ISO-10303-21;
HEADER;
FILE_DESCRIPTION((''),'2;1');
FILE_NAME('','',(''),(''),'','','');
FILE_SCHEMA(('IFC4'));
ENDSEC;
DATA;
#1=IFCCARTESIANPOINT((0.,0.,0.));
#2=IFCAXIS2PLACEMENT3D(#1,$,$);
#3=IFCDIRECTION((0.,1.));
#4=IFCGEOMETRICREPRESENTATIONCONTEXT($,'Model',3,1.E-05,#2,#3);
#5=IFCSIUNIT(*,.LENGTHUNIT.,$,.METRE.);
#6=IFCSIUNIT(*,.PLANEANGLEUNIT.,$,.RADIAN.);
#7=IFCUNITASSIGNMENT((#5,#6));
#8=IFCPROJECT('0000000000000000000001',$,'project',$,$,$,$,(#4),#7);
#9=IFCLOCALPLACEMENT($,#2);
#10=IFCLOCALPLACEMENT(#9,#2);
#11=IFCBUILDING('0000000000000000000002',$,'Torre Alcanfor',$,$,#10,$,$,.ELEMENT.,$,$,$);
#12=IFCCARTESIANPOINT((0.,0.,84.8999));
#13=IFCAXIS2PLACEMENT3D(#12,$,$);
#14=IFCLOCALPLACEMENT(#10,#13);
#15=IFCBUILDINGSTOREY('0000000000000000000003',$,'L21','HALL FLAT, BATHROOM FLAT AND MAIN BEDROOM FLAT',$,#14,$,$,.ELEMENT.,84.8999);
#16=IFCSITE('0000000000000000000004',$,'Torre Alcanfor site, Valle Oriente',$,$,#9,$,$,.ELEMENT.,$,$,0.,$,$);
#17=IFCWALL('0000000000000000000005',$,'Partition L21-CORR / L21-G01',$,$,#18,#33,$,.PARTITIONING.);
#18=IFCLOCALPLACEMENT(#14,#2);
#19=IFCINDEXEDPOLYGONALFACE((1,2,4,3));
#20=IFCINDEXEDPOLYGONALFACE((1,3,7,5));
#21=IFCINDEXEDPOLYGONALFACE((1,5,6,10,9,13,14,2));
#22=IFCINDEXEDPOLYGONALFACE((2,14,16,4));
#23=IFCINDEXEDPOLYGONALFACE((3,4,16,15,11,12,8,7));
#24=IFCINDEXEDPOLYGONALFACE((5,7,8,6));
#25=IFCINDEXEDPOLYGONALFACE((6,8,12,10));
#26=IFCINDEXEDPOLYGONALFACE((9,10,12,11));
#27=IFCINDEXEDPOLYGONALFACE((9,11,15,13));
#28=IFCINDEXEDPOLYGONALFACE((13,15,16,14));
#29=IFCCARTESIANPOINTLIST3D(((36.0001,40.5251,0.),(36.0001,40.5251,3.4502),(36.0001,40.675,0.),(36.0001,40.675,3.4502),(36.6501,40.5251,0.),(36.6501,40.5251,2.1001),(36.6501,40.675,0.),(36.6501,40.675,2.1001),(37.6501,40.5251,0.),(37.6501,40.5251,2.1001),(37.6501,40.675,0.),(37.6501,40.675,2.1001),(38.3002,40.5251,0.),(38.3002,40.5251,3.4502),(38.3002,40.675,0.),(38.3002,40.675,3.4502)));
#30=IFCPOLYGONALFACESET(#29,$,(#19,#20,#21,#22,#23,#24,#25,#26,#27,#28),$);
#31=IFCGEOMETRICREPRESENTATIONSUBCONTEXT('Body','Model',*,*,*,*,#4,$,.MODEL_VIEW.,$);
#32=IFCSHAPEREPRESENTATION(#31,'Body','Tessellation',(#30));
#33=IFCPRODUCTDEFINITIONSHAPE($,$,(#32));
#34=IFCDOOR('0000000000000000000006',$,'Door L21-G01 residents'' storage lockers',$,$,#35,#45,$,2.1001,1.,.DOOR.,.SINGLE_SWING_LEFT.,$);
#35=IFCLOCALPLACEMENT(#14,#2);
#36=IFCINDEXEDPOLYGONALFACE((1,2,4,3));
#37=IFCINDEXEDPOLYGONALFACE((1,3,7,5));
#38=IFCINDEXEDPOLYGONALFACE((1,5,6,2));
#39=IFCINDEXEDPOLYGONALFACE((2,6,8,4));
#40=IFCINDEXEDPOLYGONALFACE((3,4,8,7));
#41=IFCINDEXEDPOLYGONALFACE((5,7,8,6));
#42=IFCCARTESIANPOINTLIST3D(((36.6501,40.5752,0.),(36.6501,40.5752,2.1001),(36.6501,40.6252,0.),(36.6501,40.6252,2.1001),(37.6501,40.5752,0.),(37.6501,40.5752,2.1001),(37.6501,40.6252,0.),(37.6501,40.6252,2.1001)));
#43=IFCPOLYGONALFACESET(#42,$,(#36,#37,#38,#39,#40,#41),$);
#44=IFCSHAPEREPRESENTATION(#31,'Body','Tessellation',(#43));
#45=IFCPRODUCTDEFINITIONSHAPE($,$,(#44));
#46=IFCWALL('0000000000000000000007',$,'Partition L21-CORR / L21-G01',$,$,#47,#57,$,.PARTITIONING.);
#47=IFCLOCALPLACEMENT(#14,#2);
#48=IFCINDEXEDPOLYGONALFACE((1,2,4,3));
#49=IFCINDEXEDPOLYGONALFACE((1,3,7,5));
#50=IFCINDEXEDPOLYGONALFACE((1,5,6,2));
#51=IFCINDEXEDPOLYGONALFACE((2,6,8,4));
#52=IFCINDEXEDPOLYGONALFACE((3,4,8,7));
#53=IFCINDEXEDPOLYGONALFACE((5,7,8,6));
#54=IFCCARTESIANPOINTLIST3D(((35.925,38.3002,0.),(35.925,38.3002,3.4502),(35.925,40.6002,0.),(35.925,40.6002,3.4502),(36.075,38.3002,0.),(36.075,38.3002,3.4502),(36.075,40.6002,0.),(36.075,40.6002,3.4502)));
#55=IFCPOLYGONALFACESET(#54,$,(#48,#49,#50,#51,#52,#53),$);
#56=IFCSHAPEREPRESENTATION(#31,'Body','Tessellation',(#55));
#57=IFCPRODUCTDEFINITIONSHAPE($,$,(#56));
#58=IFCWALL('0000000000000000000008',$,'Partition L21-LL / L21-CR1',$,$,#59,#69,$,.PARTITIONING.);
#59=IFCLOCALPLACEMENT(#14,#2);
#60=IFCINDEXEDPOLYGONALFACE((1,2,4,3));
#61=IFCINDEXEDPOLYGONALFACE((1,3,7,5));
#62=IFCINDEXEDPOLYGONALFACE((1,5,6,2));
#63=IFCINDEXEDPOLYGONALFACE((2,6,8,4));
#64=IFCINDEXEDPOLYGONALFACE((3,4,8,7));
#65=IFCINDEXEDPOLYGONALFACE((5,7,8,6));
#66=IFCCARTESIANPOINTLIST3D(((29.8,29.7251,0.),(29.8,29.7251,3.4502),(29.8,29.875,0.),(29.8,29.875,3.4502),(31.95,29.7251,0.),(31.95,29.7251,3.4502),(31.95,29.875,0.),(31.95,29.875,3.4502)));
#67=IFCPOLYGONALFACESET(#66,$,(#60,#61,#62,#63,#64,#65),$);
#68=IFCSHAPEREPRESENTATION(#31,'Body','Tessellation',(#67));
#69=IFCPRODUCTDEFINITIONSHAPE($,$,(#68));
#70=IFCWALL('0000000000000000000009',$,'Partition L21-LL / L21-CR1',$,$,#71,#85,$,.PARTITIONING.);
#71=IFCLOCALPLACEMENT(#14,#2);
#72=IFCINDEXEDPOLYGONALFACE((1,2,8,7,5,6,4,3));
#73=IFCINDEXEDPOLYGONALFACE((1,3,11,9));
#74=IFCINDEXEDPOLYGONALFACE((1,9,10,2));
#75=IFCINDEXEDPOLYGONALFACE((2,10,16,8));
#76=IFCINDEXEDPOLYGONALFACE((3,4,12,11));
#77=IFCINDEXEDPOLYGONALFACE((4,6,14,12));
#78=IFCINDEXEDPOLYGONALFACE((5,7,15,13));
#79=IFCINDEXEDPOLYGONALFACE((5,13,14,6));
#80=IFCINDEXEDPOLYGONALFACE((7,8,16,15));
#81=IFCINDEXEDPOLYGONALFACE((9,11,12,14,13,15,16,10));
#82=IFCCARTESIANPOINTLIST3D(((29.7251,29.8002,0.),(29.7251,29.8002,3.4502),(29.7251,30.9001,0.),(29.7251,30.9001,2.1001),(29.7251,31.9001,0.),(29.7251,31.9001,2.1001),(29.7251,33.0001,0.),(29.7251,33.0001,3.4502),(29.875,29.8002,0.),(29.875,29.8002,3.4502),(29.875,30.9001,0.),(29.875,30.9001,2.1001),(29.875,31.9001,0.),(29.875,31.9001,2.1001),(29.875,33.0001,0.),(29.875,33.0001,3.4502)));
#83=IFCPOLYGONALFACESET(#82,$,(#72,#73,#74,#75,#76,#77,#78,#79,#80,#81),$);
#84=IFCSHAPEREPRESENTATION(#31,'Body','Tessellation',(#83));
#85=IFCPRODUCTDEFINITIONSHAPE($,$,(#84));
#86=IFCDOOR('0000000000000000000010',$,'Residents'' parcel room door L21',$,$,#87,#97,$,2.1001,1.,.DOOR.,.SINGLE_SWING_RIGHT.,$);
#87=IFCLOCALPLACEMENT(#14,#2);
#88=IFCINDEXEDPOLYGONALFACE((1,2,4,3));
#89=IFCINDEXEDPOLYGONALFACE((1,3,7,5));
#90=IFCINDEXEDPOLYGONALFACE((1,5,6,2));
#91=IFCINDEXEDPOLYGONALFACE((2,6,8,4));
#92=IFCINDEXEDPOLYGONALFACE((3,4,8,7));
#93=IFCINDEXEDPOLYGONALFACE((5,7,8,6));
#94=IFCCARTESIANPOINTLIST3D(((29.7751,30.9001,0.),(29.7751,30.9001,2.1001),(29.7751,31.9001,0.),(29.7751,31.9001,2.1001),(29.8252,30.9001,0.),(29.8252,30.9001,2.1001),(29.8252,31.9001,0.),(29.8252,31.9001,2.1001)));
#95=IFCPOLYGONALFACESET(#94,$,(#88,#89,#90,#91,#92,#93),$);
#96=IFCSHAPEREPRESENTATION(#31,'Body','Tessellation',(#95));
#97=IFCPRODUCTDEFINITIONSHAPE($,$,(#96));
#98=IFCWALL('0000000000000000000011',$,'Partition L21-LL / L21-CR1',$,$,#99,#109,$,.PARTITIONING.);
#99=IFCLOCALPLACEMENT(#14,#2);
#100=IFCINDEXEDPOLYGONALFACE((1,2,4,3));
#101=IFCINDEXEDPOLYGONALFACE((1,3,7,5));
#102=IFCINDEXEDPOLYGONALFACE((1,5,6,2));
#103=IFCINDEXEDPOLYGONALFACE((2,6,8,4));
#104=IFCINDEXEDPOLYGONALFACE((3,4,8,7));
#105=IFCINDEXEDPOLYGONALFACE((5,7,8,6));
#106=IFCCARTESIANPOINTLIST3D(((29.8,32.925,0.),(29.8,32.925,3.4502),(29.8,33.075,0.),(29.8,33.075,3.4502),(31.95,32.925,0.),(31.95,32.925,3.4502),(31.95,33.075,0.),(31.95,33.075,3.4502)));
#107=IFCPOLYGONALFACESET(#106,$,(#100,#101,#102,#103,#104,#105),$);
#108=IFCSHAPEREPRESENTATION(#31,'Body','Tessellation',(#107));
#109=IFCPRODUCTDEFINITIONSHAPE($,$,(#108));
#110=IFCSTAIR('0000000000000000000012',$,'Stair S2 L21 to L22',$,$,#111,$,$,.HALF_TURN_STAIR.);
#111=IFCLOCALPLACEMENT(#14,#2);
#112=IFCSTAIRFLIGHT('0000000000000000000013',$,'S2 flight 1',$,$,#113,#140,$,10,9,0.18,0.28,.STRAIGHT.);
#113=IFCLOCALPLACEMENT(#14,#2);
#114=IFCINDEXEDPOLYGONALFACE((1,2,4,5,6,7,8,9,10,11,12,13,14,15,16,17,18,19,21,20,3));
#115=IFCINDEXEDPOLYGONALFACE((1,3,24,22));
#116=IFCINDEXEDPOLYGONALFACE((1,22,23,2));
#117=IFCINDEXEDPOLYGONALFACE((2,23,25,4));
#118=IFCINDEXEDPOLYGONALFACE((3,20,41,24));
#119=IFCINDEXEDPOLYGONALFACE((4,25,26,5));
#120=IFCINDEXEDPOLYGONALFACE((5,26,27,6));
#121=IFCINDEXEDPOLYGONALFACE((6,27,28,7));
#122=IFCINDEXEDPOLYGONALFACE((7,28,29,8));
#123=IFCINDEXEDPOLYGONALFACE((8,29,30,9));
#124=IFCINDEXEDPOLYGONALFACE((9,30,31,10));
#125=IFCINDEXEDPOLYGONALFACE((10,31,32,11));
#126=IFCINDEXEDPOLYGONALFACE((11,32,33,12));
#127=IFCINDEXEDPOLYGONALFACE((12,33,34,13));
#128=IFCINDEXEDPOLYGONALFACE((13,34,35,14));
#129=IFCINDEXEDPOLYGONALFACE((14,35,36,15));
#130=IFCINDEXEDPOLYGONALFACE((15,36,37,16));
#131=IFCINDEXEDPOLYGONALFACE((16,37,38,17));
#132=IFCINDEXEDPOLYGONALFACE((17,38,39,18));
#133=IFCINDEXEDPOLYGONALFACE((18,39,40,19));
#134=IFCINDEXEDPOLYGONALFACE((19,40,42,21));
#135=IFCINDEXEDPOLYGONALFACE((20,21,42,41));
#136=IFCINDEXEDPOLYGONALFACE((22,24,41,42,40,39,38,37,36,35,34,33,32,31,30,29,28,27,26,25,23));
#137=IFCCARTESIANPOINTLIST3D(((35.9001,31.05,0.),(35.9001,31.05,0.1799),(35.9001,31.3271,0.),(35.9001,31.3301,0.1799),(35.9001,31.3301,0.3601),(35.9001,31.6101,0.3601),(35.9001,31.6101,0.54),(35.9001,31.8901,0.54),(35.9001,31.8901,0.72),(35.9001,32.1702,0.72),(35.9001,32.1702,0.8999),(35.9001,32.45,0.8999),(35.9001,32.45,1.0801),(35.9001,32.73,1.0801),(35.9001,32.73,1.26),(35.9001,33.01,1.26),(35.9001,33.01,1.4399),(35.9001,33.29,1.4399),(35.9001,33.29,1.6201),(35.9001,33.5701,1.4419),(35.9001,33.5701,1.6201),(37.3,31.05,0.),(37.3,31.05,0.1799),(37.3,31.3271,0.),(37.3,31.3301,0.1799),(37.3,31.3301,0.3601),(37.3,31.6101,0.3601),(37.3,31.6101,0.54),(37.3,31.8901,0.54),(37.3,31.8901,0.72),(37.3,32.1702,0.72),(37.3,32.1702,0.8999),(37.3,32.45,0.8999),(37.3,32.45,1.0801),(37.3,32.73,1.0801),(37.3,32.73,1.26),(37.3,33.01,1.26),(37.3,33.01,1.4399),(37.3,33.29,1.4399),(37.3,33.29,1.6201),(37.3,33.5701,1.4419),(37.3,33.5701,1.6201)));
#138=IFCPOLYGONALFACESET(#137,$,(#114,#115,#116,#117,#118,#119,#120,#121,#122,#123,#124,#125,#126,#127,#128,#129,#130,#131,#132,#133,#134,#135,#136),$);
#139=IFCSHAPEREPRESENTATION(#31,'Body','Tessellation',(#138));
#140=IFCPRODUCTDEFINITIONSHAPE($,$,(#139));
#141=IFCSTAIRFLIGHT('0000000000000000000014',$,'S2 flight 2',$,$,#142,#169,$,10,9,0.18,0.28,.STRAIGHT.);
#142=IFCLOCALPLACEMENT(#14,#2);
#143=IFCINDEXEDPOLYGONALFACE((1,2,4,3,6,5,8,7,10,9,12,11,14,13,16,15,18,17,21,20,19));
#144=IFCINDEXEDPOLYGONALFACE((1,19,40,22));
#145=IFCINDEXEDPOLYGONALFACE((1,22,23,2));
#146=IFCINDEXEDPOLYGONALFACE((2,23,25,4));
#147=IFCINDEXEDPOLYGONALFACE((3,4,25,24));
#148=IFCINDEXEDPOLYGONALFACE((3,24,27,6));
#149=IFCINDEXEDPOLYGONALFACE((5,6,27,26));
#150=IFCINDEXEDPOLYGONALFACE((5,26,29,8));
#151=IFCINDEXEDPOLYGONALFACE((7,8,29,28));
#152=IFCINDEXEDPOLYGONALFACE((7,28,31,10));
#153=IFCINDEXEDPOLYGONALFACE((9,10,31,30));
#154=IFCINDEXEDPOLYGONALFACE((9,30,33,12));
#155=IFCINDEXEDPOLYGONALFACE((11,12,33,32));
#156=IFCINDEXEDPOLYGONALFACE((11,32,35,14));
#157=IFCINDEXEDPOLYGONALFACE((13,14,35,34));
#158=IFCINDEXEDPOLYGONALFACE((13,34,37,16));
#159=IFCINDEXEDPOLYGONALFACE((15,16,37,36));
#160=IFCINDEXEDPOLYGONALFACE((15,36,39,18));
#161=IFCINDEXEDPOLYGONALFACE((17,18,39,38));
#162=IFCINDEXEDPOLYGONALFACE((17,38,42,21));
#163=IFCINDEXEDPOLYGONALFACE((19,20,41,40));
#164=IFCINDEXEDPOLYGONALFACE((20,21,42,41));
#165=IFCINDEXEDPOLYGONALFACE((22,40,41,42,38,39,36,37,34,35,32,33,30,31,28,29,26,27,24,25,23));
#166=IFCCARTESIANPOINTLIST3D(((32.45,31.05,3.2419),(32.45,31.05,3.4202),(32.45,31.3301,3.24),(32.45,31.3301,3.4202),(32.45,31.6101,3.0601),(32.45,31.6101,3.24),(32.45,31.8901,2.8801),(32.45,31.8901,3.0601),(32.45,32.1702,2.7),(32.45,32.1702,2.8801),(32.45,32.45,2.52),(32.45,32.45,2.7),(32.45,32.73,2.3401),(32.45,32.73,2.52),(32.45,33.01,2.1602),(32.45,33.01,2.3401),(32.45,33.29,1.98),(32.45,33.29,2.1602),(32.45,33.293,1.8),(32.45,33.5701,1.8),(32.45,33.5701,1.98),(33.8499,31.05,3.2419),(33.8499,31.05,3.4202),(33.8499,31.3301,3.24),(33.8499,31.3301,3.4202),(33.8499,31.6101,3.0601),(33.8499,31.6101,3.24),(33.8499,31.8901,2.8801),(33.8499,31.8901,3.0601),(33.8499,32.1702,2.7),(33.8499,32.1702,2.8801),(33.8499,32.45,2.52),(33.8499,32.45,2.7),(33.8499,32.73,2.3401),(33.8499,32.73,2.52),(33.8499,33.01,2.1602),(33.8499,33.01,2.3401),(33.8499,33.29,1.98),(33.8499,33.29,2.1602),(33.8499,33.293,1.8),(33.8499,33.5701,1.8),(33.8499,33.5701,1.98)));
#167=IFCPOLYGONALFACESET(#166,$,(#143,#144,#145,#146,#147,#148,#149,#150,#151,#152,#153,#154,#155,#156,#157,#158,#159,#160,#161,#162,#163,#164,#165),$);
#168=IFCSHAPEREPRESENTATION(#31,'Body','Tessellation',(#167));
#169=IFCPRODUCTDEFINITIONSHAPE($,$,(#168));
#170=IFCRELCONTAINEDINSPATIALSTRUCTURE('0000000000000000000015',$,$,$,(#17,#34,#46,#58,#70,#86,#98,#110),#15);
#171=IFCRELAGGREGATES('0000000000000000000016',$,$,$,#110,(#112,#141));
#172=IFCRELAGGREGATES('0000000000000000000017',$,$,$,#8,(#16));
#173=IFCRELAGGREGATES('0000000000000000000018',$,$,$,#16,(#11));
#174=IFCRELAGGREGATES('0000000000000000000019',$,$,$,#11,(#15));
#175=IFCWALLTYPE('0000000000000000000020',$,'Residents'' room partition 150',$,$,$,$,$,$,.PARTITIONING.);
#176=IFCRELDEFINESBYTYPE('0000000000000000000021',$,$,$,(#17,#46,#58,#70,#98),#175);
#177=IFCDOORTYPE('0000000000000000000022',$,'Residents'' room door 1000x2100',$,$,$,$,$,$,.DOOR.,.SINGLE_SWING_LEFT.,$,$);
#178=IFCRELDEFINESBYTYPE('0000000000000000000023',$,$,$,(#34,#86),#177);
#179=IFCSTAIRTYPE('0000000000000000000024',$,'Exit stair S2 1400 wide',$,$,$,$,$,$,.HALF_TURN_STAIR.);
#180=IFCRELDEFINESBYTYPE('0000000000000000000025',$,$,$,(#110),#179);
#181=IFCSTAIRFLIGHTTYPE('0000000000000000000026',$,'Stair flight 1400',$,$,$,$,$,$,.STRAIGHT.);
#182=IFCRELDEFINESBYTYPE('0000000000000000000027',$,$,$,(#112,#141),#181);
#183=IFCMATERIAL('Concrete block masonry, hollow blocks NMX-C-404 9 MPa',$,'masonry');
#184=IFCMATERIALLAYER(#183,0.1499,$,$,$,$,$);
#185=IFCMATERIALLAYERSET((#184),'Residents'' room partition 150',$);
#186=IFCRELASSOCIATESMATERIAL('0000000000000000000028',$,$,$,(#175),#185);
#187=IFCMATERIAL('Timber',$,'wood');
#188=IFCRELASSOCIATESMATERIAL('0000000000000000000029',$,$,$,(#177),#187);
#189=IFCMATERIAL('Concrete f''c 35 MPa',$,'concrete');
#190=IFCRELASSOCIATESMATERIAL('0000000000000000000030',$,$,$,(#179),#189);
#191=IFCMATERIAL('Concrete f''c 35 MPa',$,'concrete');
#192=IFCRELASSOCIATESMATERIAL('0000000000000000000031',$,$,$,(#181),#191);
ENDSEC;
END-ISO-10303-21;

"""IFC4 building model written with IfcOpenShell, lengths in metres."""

from ifc_helpers import new_model, si_unit, direction, frame, frame_2d, origin, place, context, subcontext, project, spatial, polyline, rectangle, outline, extrude, material, layer, layer_set, type_object, element, fill, aggregate, save


model = new_model("IFC4")

# Units and contexts
model_context = context("Model", 3, precision=1e-05, world=origin(), true_north=direction((0.0, 1.0)))
body_context = subcontext(model_context, "Body", "Model", "MODEL_VIEW")
ifc_project = project(units=[si_unit("LENGTHUNIT", "METRE"), si_unit("PLANEANGLEUNIT", "RADIAN")], contexts=[model_context])

# Site, building, storey
site_placement = place(None, origin())
site = spatial("IfcSite", under=ifc_project, at=site_placement, Name="Torre Alcanfor site, Valle Oriente", CompositionType="ELEMENT", RefElevation=0.0)
building_placement = place(site_placement, origin())
building = spatial("IfcBuilding", under=site, at=building_placement, Name="Torre Alcanfor", CompositionType="ELEMENT")
storey_placement = place(building_placement, frame((0.0, 0.0, 84.8999)))
storey = spatial("IfcBuildingStorey", under=building, at=storey_placement, Name="L21", Description="HALL FLAT, BATHROOM FLAT AND MAIN BEDROOM FLAT", CompositionType="ELEMENT", Elevation=84.8999)

# Shared definitions
ifc_material_1 = material(Name="Concrete block masonry, hollow blocks NMX-C-404 9 MPa", Category="masonry")
ifc_layer_1 = layer(ifc_material_1, 0.1499)
ifc_layer_set_1 = layer_set([ifc_layer_1], Name="Residents' room partition 150")
wall_type_1 = type_object("IfcWallType", Name="Residents' room partition 150", PredefinedType="PARTITIONING", material=ifc_layer_set_1)

# Wall, opening, door
wall_1_placement = place(storey_placement, frame((38.3, 40.6001, 0.0), z_axis=(0.0, 0.0, 1.0), x_axis=(-1.0, 0.0, 0.0)))
wall_1 = element("IfcWall", 1, at=wall_1_placement, inside=storey, type_object=wall_type_1, Name="Partition L21-CORR / L21-G01", PredefinedType="PARTITIONING", context=body_context, shape_type="SweptSolid", body=[
    extrude(rectangle(XDim=2.3, YDim=0.1499, at=frame_2d((1.1499, 0.0))), origin(), (0.0, 0.0, 1.0), 3.4502),
])
opening_1_placement = place(wall_1_placement, frame((0.6499, 0.0, 0.0)))
opening_1 = element("IfcOpeningElement", 2, at=opening_1_placement, cuts=wall_1, PredefinedType="OPENING", context=body_context, shape_type="SweptSolid", body=[
    extrude(rectangle(XDim=1.0, YDim=2.1001, at=frame_2d((0.5, 1.05))), frame((0.0, 0.085, 0.0), z_axis=(0.0, -1.0, 0.0), x_axis=(1.0, 0.0, 0.0)), (0.0, 0.0, 1.0), 0.1699),
])
ifc_material_2 = material(Name="Timber", Category="wood")
door_type_1 = type_object("IfcDoorType", Name="Residents' room door 1000x2100", OperationType="SINGLE_SWING_LEFT", PredefinedType="DOOR", material=ifc_material_2)
door_1_placement = place(opening_1_placement, origin())
door_1 = element("IfcDoor", 3, at=door_1_placement, inside=storey, type_object=door_type_1, Name="Door L21-G01 residents' storage lockers", OperationType="SINGLE_SWING_LEFT", OverallHeight=2.1001, OverallWidth=1.0, PredefinedType="DOOR", context=body_context, shape_type="SweptSolid", body=[
    extrude(rectangle(XDim=1.0, YDim=2.1001, at=frame_2d((0.5, 1.05))), frame((0.0, 0.0249, 0.0), z_axis=(0.0, -1.0, 0.0), x_axis=(1.0, 0.0, 0.0)), (0.0, 0.0, 1.0), 0.05),
])
fill(opening_1, door_1)

# Walls
wall_2_placement = place(storey_placement, frame((36.0, 40.6001, 0.0), z_axis=(0.0, 0.0, 1.0), x_axis=(0.0, -1.0, 0.0)))
element("IfcWall", 4, at=wall_2_placement, inside=storey, type_object=wall_type_1, Name="Partition L21-CORR / L21-G01", PredefinedType="PARTITIONING", context=body_context, shape_type="SweptSolid", body=[
    extrude(rectangle(XDim=2.3, YDim=0.1499, at=frame_2d((1.1499, 0.0))), origin(), (0.0, 0.0, 1.0), 3.4502),
])
wall_3_placement = place(storey_placement, frame((31.95, 29.8, 0.0), z_axis=(0.0, 0.0, 1.0), x_axis=(-1.0, 0.0, 0.0)))
element("IfcWall", 5, at=wall_3_placement, inside=storey, type_object=wall_type_1, Name="Partition L21-LL / L21-CR1", PredefinedType="PARTITIONING", context=body_context, shape_type="SweptSolid", body=[
    extrude(rectangle(XDim=2.1499, YDim=0.1499, at=frame_2d((1.075, 0.0))), origin(), (0.0, 0.0, 1.0), 3.4502),
])

# Wall, opening, door
wall_4_placement = place(storey_placement, frame((29.8, 29.8, 0.0), z_axis=(0.0, 0.0, 1.0), x_axis=(0.0, 1.0, 0.0)))
wall_4 = element("IfcWall", 6, at=wall_4_placement, inside=storey, type_object=wall_type_1, Name="Partition L21-LL / L21-CR1", PredefinedType="PARTITIONING", context=body_context, shape_type="SweptSolid", body=[
    extrude(rectangle(XDim=3.2, YDim=0.1499, at=frame_2d((1.6001, 0.0))), origin(), (0.0, 0.0, 1.0), 3.4502),
])
opening_2_placement = place(wall_4_placement, frame((1.1001, 0.0, 0.0)))
opening_2 = element("IfcOpeningElement", 7, at=opening_2_placement, cuts=wall_4, PredefinedType="OPENING", context=body_context, shape_type="SweptSolid", body=[
    extrude(rectangle(XDim=1.0, YDim=2.1001, at=frame_2d((0.5, 1.05))), frame((0.0, 0.085, 0.0), z_axis=(0.0, -1.0, 0.0), x_axis=(1.0, 0.0, 0.0)), (0.0, 0.0, 1.0), 0.1699),
])
door_2_placement = place(opening_2_placement, frame((1.0, 0.0, 0.0), z_axis=(0.0, 0.0, 1.0), x_axis=(-1.0, 0.0, 0.0)))
door_2 = element("IfcDoor", 8, at=door_2_placement, inside=storey, type_object=door_type_1, Name="Residents' parcel room door L21", OperationType="SINGLE_SWING_RIGHT", OverallHeight=2.1001, OverallWidth=1.0, PredefinedType="DOOR", context=body_context, shape_type="SweptSolid", body=[
    extrude(rectangle(XDim=1.0, YDim=2.1001, at=frame_2d((0.5, 1.05))), frame((0.0, 0.0251, 0.0), z_axis=(0.0, -1.0, 0.0), x_axis=(1.0, 0.0, 0.0)), (0.0, 0.0, 1.0), 0.05),
])
fill(opening_2, door_2)

# Wall
wall_5_placement = place(storey_placement, frame((29.8, 33.0, 0.0), z_axis=(0.0, 0.0, 1.0), x_axis=(1.0, 0.0, 0.0)))
element("IfcWall", 9, at=wall_5_placement, inside=storey, type_object=wall_type_1, Name="Partition L21-LL / L21-CR1", PredefinedType="PARTITIONING", context=body_context, shape_type="SweptSolid", body=[
    extrude(rectangle(XDim=2.1499, YDim=0.1499, at=frame_2d((1.075, 0.0))), origin(), (0.0, 0.0, 1.0), 3.4502),
])

# Stair, stair flights
ifc_material_3 = material(Name="Concrete f'c 35 MPa", Category="concrete")
stair_type = type_object("IfcStairType", Name="Exit stair S2 1400 wide", PredefinedType="HALF_TURN_STAIR", material=ifc_material_3)
stair_placement = place(storey_placement, origin())
stair = element("IfcStair", 10, at=stair_placement, inside=storey, type_object=stair_type, Name="Stair S2 L21 to L22", PredefinedType="HALF_TURN_STAIR")
ifc_material_4 = material(Name="Concrete f'c 35 MPa", Category="concrete")
stair_flight_type = type_object("IfcStairFlightType", Name="Stair flight 1400", PredefinedType="STRAIGHT", material=ifc_material_4)
stair_flight_1_placement = place(storey_placement, frame((36.6001, 31.05, 0.0), z_axis=(0.0, 0.0, 1.0), x_axis=(0.0, 1.0, 0.0)))
stair_flight_1 = element("IfcStairFlight", 11, at=stair_flight_1_placement, type_object=stair_flight_type, Name="S2 flight 1", NumberOfRisers=10, NumberOfTreads=9, PredefinedType="STRAIGHT", RiserHeight=0.18, TreadLength=0.28, context=body_context, shape_type="SweptSolid", body=[
    extrude(outline(polyline([(0.0, 0.0), (0.0, 0.1799), (0.28, 0.1799), (0.28, 0.3601), (0.5601, 0.3601), (0.5601, 0.54), (0.8401, 0.54), (0.8401, 0.72), (1.1201, 0.72), (1.1201, 0.8999), (1.3999, 0.8999), (1.3999, 1.0801), (1.6799, 1.0801), (1.6799, 1.26), (1.96, 1.26), (1.96, 1.4399), (2.24, 1.4399), (2.24, 1.6201), (2.52, 1.6201), (2.52, 1.8), (2.52, 1.4419), (0.2771, 0.0), (0.0, 0.0)])), frame((0.0, 0.7, 0.0), z_axis=(0.0, -1.0, 0.0), x_axis=(1.0, 0.0, 0.0)), (0.0, 0.0, 1.0), 1.3999),
])
stair_flight_2_placement = place(storey_placement, frame((33.1499, 33.5701, 1.8), z_axis=(0.0, 0.0, 1.0), x_axis=(0.0, -1.0, 0.0)))
stair_flight_2 = element("IfcStairFlight", 12, at=stair_flight_2_placement, type_object=stair_flight_type, Name="S2 flight 2", NumberOfRisers=10, NumberOfTreads=9, PredefinedType="STRAIGHT", RiserHeight=0.18, TreadLength=0.28, context=body_context, shape_type="SweptSolid", body=[
    extrude(outline(polyline([(0.0, 0.0), (0.0, 0.1799), (0.28, 0.1799), (0.28, 0.3601), (0.5601, 0.3601), (0.5601, 0.54), (0.8401, 0.54), (0.8401, 0.72), (1.1201, 0.72), (1.1201, 0.8999), (1.3999, 0.8999), (1.3999, 1.0801), (1.6799, 1.0801), (1.6799, 1.26), (1.96, 1.26), (1.96, 1.4399), (2.24, 1.4399), (2.24, 1.6201), (2.52, 1.6201), (2.52, 1.8), (2.52, 1.4419), (0.2771, 0.0), (0.0, 0.0)])), frame((0.0, 0.7, 0.0), z_axis=(0.0, -1.0, 0.0), x_axis=(1.0, 0.0, 0.0)), (0.0, 0.0, 1.0), 1.3999),
])
aggregate(stair, [stair_flight_1, stair_flight_2])

save(model, "model.ifc")
